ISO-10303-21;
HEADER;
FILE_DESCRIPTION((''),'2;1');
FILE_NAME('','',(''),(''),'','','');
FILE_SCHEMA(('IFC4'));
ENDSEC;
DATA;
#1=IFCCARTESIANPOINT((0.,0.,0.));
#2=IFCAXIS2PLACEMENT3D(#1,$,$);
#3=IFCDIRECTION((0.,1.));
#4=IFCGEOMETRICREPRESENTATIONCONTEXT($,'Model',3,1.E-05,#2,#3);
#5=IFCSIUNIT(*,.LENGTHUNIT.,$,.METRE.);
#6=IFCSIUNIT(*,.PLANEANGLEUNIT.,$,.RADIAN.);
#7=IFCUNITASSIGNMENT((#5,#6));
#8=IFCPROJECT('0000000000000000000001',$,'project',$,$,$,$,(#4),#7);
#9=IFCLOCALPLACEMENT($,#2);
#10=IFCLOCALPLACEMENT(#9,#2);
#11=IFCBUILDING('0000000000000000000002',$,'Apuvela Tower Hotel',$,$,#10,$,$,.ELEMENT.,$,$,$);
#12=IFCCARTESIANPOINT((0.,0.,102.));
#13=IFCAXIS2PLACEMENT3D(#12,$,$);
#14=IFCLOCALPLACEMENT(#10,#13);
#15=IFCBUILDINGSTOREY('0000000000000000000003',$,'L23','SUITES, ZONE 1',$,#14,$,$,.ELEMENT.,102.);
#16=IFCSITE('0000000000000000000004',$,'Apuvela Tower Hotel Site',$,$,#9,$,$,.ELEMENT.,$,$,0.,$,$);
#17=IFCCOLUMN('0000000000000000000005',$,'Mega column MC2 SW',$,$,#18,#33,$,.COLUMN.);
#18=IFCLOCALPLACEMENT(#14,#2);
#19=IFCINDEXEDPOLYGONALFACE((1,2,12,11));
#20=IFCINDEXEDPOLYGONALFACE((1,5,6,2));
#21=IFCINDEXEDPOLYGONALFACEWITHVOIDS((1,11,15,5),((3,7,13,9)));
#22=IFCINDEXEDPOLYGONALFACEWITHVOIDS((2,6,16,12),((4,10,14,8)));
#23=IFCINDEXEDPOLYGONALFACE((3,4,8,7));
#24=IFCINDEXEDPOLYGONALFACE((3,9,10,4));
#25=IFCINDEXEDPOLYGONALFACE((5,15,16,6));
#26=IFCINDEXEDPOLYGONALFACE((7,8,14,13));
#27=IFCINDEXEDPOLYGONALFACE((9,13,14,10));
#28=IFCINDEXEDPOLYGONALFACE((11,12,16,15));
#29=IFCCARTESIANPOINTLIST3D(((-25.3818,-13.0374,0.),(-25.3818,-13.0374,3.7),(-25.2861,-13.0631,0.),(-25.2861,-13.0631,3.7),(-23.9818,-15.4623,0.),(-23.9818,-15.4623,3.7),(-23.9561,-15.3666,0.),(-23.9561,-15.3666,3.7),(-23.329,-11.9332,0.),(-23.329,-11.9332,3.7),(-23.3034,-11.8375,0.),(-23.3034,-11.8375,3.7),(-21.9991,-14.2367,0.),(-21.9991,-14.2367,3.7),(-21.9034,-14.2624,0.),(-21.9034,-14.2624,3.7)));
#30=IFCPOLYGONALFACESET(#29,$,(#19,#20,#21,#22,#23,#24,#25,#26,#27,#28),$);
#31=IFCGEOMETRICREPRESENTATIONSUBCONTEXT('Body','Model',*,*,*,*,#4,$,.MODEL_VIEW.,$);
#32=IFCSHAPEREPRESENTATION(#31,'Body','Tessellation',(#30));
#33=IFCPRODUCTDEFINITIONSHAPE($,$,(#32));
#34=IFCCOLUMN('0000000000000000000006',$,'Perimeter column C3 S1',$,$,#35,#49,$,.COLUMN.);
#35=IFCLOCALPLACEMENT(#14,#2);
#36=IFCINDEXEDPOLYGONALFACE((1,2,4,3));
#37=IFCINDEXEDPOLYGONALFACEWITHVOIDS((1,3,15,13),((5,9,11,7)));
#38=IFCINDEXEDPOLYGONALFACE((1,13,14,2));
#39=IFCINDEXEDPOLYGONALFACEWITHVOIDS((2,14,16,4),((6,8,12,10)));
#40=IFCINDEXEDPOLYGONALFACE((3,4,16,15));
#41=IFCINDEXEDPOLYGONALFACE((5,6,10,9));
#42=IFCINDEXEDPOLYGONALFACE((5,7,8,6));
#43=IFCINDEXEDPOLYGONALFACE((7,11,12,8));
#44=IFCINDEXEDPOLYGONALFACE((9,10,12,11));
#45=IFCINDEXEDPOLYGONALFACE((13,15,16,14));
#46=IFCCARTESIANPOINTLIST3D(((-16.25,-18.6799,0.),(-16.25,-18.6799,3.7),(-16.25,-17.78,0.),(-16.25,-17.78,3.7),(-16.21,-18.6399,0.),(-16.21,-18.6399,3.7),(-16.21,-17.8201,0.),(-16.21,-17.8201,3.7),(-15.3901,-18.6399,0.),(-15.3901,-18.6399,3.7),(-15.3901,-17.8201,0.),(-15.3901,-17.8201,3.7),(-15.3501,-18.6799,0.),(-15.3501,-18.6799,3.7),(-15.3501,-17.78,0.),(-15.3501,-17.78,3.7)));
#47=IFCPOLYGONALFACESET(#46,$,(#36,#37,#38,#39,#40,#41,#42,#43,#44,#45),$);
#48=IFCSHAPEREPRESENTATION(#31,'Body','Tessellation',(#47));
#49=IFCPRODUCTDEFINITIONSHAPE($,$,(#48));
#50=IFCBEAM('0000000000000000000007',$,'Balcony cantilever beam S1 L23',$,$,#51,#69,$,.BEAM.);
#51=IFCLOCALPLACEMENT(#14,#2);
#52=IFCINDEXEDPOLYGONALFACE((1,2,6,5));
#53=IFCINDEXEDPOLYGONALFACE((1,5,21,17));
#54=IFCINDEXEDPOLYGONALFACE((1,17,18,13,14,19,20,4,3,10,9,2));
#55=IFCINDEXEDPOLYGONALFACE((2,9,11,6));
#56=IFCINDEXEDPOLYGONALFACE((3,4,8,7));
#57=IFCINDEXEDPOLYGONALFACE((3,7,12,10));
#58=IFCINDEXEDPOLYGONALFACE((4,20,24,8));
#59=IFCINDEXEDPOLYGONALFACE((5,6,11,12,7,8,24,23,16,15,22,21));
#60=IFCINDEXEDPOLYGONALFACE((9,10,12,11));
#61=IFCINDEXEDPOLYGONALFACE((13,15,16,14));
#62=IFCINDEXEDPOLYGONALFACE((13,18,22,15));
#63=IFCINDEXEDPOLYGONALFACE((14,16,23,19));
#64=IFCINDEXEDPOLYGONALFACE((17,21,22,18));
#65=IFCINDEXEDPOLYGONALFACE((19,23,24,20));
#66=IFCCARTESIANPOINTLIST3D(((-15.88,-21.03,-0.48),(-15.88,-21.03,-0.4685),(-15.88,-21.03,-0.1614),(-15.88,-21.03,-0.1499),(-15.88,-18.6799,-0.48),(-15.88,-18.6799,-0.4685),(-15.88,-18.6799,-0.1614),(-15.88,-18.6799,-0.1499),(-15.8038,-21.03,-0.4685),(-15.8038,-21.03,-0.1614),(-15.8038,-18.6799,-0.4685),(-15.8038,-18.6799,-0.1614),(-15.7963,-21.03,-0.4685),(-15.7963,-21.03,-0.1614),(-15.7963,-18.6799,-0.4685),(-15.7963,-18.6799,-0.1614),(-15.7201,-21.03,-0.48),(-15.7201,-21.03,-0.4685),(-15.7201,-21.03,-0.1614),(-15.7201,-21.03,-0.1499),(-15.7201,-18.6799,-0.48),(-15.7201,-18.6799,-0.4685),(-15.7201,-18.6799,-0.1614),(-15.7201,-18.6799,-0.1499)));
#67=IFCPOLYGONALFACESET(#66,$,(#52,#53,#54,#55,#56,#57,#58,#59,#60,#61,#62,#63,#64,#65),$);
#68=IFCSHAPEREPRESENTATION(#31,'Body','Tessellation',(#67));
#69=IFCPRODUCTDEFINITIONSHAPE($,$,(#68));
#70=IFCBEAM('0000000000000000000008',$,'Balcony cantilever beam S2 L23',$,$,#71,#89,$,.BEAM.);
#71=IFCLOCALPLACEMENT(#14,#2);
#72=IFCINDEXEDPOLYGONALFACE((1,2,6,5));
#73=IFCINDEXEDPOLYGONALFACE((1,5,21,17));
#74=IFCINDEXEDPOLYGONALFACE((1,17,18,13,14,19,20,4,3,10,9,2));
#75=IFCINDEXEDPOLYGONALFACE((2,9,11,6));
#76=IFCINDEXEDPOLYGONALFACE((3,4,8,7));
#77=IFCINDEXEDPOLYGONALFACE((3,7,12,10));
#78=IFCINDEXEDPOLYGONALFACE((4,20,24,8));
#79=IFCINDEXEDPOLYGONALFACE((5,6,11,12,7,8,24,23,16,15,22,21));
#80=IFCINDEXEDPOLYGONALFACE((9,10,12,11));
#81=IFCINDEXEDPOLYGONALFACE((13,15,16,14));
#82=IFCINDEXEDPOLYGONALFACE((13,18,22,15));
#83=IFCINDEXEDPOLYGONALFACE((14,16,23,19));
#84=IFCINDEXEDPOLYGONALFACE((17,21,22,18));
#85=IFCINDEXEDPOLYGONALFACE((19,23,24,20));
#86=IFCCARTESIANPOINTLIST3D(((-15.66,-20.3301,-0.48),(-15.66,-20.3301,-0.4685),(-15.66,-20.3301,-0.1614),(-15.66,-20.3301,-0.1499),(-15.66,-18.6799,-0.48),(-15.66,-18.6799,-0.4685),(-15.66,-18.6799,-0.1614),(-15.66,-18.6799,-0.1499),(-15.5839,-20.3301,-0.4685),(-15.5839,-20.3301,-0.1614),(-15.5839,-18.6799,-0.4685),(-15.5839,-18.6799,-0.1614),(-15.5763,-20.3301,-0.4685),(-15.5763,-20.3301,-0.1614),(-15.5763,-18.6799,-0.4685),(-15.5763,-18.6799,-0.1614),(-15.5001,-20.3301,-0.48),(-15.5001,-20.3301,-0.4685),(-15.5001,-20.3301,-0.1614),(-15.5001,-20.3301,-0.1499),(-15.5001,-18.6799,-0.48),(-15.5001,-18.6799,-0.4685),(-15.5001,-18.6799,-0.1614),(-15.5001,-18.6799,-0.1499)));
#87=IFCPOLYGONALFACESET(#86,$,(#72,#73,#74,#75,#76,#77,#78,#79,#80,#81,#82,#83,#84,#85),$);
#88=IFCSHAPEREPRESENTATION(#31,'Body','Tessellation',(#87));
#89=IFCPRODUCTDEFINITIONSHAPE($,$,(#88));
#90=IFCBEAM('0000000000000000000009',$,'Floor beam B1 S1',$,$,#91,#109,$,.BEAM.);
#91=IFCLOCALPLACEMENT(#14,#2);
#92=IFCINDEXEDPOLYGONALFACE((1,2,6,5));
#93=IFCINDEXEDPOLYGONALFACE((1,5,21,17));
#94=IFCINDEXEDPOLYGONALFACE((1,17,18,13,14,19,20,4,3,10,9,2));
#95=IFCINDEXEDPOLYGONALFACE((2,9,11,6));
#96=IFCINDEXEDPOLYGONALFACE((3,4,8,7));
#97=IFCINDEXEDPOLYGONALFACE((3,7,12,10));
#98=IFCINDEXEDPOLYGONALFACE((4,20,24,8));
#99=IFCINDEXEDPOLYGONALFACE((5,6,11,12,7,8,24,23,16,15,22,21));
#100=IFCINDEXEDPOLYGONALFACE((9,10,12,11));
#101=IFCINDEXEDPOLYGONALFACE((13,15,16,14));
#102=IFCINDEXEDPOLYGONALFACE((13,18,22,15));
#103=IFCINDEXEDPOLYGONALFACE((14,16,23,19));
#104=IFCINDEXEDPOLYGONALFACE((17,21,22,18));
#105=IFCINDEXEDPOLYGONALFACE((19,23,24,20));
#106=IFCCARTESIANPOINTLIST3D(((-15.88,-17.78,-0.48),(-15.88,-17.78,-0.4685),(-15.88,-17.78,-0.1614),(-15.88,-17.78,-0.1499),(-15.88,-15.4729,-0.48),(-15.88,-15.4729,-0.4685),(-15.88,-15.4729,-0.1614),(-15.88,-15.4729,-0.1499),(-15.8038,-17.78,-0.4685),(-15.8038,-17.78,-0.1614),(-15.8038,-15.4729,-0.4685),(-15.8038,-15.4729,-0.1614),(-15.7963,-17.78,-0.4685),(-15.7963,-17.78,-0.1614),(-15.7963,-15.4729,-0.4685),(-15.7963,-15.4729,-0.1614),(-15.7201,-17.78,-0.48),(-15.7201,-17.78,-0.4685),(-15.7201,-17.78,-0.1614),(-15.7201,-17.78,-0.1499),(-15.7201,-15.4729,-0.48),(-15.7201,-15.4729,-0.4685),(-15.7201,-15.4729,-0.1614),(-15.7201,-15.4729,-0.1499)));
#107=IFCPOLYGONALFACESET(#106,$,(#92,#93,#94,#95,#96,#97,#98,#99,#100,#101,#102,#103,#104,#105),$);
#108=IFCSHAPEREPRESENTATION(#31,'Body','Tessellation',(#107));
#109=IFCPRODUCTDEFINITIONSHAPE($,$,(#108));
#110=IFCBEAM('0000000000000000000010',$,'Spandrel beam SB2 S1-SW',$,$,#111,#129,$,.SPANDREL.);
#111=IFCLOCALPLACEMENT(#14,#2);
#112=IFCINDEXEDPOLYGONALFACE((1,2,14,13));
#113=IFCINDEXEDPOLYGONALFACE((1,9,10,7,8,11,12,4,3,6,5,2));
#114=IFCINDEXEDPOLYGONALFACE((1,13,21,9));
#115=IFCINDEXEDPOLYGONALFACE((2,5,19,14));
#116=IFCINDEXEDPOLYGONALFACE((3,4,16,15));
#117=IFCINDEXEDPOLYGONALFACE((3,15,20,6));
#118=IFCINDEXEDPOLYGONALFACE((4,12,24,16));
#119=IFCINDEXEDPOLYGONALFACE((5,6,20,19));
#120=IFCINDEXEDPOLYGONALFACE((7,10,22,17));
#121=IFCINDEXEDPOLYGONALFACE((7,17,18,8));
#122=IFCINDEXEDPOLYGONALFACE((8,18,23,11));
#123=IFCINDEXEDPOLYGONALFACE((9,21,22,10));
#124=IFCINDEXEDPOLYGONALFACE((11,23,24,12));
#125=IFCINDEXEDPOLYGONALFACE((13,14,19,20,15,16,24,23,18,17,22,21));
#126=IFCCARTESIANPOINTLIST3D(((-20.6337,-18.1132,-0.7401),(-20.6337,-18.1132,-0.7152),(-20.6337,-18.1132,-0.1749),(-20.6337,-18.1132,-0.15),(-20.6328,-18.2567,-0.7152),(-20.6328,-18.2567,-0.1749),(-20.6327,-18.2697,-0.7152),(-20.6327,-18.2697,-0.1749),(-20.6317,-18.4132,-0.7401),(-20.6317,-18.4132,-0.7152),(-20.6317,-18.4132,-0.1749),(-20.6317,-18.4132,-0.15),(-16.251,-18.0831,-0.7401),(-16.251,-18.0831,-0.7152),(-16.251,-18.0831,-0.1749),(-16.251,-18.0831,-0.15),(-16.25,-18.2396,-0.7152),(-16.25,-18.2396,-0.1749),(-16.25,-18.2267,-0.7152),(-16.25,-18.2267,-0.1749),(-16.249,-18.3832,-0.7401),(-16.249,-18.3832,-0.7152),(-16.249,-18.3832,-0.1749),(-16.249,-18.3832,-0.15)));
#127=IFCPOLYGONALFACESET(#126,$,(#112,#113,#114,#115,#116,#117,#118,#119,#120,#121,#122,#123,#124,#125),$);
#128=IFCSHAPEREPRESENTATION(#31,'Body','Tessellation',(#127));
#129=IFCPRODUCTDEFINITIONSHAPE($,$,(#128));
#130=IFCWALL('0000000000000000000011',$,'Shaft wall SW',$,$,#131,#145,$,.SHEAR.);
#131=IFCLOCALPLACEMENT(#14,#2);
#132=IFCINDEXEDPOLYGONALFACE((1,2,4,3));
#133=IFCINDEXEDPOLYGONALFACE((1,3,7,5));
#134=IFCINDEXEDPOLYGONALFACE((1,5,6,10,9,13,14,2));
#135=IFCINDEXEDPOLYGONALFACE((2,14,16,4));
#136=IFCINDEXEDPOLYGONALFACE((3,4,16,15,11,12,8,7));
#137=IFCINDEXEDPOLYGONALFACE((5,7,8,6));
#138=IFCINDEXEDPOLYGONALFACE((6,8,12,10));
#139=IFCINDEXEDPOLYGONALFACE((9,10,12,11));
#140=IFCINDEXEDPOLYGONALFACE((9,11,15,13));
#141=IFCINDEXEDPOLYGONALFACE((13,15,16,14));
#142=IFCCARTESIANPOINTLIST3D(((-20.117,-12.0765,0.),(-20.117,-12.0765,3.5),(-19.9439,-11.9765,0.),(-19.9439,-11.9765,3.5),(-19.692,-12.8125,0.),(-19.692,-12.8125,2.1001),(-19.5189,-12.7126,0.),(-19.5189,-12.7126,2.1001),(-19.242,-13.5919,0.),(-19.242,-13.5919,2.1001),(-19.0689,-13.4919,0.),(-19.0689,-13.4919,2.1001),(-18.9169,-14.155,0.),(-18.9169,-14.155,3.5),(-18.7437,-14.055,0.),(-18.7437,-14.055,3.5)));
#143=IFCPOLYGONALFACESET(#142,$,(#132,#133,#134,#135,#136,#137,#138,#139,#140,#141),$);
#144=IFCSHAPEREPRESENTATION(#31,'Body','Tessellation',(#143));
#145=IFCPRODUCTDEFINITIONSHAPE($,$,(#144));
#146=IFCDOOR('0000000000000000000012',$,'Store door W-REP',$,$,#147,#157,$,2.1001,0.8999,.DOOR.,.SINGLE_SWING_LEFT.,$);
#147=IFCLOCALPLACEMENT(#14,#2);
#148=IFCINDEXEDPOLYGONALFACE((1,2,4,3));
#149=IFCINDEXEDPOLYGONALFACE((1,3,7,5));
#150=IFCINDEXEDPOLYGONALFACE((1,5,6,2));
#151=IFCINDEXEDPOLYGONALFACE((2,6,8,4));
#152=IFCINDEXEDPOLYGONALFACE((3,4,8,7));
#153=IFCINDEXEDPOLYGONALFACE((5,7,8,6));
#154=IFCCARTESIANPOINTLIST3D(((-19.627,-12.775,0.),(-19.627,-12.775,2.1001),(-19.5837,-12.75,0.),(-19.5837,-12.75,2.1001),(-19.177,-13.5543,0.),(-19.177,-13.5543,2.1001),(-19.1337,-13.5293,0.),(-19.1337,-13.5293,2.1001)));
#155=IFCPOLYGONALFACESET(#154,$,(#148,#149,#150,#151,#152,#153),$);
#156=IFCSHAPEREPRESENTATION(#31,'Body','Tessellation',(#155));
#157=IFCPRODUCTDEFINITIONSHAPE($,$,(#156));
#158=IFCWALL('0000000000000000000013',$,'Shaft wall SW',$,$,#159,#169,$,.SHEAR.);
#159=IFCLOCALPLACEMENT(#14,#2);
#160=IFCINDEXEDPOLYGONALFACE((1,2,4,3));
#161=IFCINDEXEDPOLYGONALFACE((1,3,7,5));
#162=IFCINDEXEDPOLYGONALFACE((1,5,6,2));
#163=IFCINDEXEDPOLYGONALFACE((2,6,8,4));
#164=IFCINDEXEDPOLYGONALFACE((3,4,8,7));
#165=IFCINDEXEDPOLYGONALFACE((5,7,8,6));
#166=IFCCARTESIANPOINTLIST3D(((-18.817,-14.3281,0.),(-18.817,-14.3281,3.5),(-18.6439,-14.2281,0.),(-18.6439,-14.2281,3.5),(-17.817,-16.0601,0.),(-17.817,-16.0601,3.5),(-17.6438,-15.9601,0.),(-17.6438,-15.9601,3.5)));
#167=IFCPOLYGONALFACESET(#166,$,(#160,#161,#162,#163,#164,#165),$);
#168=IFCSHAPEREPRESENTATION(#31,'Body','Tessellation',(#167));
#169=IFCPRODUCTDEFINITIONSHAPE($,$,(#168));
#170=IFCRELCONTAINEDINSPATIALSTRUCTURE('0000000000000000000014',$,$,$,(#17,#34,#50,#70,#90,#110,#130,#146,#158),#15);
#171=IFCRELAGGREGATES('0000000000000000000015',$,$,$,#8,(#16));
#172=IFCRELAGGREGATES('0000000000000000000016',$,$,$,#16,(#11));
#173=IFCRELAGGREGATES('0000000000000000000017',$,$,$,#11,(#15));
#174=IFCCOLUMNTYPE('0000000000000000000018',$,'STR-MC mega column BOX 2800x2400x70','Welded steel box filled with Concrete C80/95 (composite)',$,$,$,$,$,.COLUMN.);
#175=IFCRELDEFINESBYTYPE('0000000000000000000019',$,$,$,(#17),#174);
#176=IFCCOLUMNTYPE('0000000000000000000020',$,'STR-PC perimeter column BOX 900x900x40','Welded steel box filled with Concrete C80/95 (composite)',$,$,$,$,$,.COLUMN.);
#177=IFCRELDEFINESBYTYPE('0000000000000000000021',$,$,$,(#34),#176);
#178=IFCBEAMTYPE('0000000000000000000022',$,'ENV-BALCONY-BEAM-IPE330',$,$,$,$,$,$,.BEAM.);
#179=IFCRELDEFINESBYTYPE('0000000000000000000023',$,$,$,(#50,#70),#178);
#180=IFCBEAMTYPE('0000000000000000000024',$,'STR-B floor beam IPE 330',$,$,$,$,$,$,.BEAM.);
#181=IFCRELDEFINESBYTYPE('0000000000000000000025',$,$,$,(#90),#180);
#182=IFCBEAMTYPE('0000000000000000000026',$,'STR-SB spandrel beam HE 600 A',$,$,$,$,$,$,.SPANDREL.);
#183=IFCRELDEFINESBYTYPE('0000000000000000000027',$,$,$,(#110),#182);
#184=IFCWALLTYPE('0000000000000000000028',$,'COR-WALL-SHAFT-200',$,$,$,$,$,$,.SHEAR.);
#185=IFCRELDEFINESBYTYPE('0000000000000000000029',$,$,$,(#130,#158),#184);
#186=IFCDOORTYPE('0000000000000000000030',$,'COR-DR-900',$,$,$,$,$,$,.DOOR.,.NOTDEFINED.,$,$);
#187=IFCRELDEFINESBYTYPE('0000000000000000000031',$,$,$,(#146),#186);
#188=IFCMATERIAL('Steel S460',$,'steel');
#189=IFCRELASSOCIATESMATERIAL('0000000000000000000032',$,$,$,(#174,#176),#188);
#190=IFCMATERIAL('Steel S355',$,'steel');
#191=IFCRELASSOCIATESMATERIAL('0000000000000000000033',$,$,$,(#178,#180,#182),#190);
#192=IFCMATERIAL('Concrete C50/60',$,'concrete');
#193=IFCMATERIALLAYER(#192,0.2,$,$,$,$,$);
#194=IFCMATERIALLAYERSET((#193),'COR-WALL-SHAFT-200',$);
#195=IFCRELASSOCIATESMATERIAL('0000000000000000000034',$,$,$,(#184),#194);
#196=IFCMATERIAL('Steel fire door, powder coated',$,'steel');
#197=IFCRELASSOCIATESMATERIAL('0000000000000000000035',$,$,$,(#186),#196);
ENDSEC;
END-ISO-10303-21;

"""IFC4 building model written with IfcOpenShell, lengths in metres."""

from ifc_helpers import new_model, si_unit, direction, frame, frame_2d, origin, origin_2d, place, context, subcontext, project, spatial, rectangle, hollow_rectangle, i_section, extrude, material, layer, layer_set, material_profile, profile_set, type_object, element, fill, save


model = new_model("IFC4")

# Units and contexts
model_context = context("Model", 3, precision=1e-05, world=origin(), true_north=direction((0.0, 1.0)))
body_context = subcontext(model_context, "Body", "Model", "MODEL_VIEW")
ifc_project = project(units=[si_unit("LENGTHUNIT", "METRE"), si_unit("PLANEANGLEUNIT", "RADIAN")], contexts=[model_context])

# Site, building, storey
site_placement = place(None, origin())
site = spatial("IfcSite", under=ifc_project, at=site_placement, Name="Apuvela Tower Hotel Site", CompositionType="ELEMENT", RefElevation=0.0)
building_placement = place(site_placement, origin())
building = spatial("IfcBuilding", under=site, at=building_placement, Name="Apuvela Tower Hotel", CompositionType="ELEMENT")
storey_placement = place(building_placement, frame((0.0, 0.0, 102.0)))
storey = spatial("IfcBuildingStorey", under=building, at=storey_placement, Name="L23", Description="SUITES, ZONE 1", CompositionType="ELEMENT", Elevation=102.0)

# Columns
ifc_material_1 = material(Name="Steel S460", Category="steel")
ifc_material_profile_1 = material_profile(ifc_material_1, hollow_rectangle(XDim=2.8, YDim=2.3999, WallThickness=0.0701, at=origin_2d()), Name="BOX 2800x2400x70")
ifc_material_2 = material(Name="Concrete C80/95", Category="concrete")
ifc_material_profile_2 = material_profile(ifc_material_2, rectangle(XDim=2.6599, YDim=2.26, at=origin_2d()), Name="Concrete C80/95 infill")
ifc_profile_set_1 = profile_set([ifc_material_profile_1, ifc_material_profile_2], Name="Steel S460")
column_type_1 = type_object("IfcColumnType", Name="STR-MC mega column BOX 2800x2400x70", Description="Welded steel box filled with Concrete C80/95 (composite)", PredefinedType="COLUMN", material=ifc_profile_set_1)
column_1_placement = place(storey_placement, frame((-23.6426, -13.6499, 0.0), z_axis=(0.0, 0.0, 1.0), x_axis=(-0.5, 0.866025, 0.0)))
element("IfcColumn", 1, at=column_1_placement, inside=storey, type_object=column_type_1, Name="Mega column MC2 SW", PredefinedType="COLUMN", context=body_context, shape_type="SweptSolid", body=[
    extrude(hollow_rectangle(XDim=2.8, YDim=2.3999, WallThickness=0.0701, at=origin_2d()), origin(), (0.0, 0.0, 1.0), 3.7),
])
ifc_material_profile_3 = material_profile(ifc_material_1, hollow_rectangle(XDim=0.8999, YDim=0.8999, WallThickness=0.04, at=origin_2d()), Name="BOX 900x900x40")
ifc_material_profile_4 = material_profile(ifc_material_2, rectangle(XDim=0.8201, YDim=0.8201, at=origin_2d()), Name="Concrete C80/95 infill")
ifc_profile_set_2 = profile_set([ifc_material_profile_3, ifc_material_profile_4], Name="Steel S460")
column_type_2 = type_object("IfcColumnType", Name="STR-PC perimeter column BOX 900x900x40", Description="Welded steel box filled with Concrete C80/95 (composite)", PredefinedType="COLUMN", material=ifc_profile_set_2)
column_2_placement = place(storey_placement, frame((-15.8, -18.23, 0.0), z_axis=(0.0, 0.0, 1.0), x_axis=(-1.0, 0.0, 0.0)))
element("IfcColumn", 2, at=column_2_placement, inside=storey, type_object=column_type_2, Name="Perimeter column C3 S1", PredefinedType="COLUMN", context=body_context, shape_type="SweptSolid", body=[
    extrude(hollow_rectangle(XDim=0.8999, YDim=0.8999, WallThickness=0.04, at=origin_2d()), origin(), (0.0, 0.0, 1.0), 3.7),
])

# Beams
ifc_material_3 = material(Name="Steel S355", Category="steel")
ifc_material_profile_5 = material_profile(ifc_material_3, i_section(OverallWidth=0.1599, OverallDepth=0.3301, WebThickness=0.0076, FlangeThickness=0.0115, at=origin_2d()), Name="IPE 330")
ifc_profile_set_3 = profile_set([ifc_material_profile_5], Name="Steel S355")
beam_type_1 = type_object("IfcBeamType", Name="ENV-BALCONY-BEAM-IPE330", PredefinedType="BEAM", material=ifc_profile_set_3)
beam_1_placement = place(storey_placement, frame((-15.8, -18.6799, -0.3149), z_axis=(0.0, -1.0, 0.0), x_axis=(1.0, 0.0, 0.0)))
element("IfcBeam", 3, at=beam_1_placement, inside=storey, type_object=beam_type_1, Name="Balcony cantilever beam S1 L23", PredefinedType="BEAM", context=body_context, shape_type="SweptSolid", body=[
    extrude(i_section(OverallWidth=0.1599, OverallDepth=0.3301, WebThickness=0.0076, FlangeThickness=0.0115, at=origin_2d()), origin(), (0.0, 0.0, 1.0), 2.3501),
])
beam_2_placement = place(storey_placement, frame((-15.5801, -18.6799, -0.3149), z_axis=(0.0, -1.0, 0.0), x_axis=(1.0, 0.0, 0.0)))
element("IfcBeam", 4, at=beam_2_placement, inside=storey, type_object=beam_type_1, Name="Balcony cantilever beam S2 L23", PredefinedType="BEAM", context=body_context, shape_type="SweptSolid", body=[
    extrude(i_section(OverallWidth=0.1599, OverallDepth=0.3301, WebThickness=0.0076, FlangeThickness=0.0115, at=origin_2d()), origin(), (0.0, 0.0, 1.0), 1.6501),
])
ifc_material_profile_6 = material_profile(ifc_material_3, i_section(OverallWidth=0.1599, OverallDepth=0.3301, WebThickness=0.0076, FlangeThickness=0.0115, at=origin_2d()), Name="IPE 330")
ifc_profile_set_4 = profile_set([ifc_material_profile_6], Name="Steel S355")
beam_type_2 = type_object("IfcBeamType", Name="STR-B floor beam IPE 330", PredefinedType="BEAM", material=ifc_profile_set_4)
beam_3_placement = place(storey_placement, frame((-15.8, -17.78, -0.3149), z_axis=(0.0, 1.0, 0.0), x_axis=(-1.0, 0.0, 0.0)))
element("IfcBeam", 5, at=beam_3_placement, inside=storey, type_object=beam_type_2, Name="Floor beam B1 S1", PredefinedType="BEAM", context=body_context, shape_type="SweptSolid", body=[
    extrude(i_section(OverallWidth=0.1599, OverallDepth=0.3301, WebThickness=0.0076, FlangeThickness=0.0115, at=origin_2d()), origin(), (0.0, 0.0, 1.0), 2.3071),
])
ifc_material_profile_7 = material_profile(ifc_material_3, i_section(OverallWidth=0.3, OverallDepth=0.5901, WebThickness=0.0129, FlangeThickness=0.0249, at=origin_2d()), Name="HE 600 A")
ifc_profile_set_5 = profile_set([ifc_material_profile_7], Name="Steel S355")
beam_type_3 = type_object("IfcBeamType", Name="STR-SB spandrel beam HE 600 A", PredefinedType="SPANDREL", material=ifc_profile_set_5)
beam_4_placement = place(storey_placement, frame((-16.25, -18.2332, -0.4451), z_axis=(-0.999977, -0.006851, 0.0), x_axis=(0.006851, -0.999977, 0.0)))
element("IfcBeam", 6, at=beam_4_placement, inside=storey, type_object=beam_type_3, Name="Spandrel beam SB2 S1-SW", PredefinedType="SPANDREL", context=body_context, shape_type="SweptSolid", body=[
    extrude(i_section(OverallWidth=0.3, OverallDepth=0.5901, WebThickness=0.0129, FlangeThickness=0.0249, at=origin_2d()), origin(), (0.0, 0.0, 1.0), 4.3828),
])

# Wall, opening, door
ifc_material_4 = material(Name="Concrete C50/60", Category="concrete")
ifc_layer_1 = layer(ifc_material_4, 0.2)
ifc_layer_set_1 = layer_set([ifc_layer_1], Name="COR-WALL-SHAFT-200")
wall_type_1 = type_object("IfcWallType", Name="COR-WALL-SHAFT-200", PredefinedType="SHEAR", material=ifc_layer_set_1)
wall_1_placement = place(storey_placement, frame((-20.0305, -12.0264, 0.0), z_axis=(0.0, 0.0, 1.0), x_axis=(0.500034, -0.866006, 0.0)))
wall_1 = element("IfcWall", 7, at=wall_1_placement, inside=storey, type_object=wall_type_1, Name="Shaft wall SW", PredefinedType="SHEAR", context=body_context, shape_type="SweptSolid", body=[
    extrude(rectangle(XDim=2.4001, YDim=0.2, at=frame_2d((1.2002, 0.0))), origin(), (0.0, 0.0, 1.0), 3.5),
])
opening_1_placement = place(wall_1_placement, frame((0.8501, 0.0, 0.0)))
opening_1 = element("IfcOpeningElement", 8, at=opening_1_placement, cuts=wall_1, PredefinedType="OPENING", context=body_context, shape_type="SweptSolid", body=[
    extrude(rectangle(XDim=0.8999, YDim=2.1001, at=frame_2d((0.45, 1.05))), frame((0.0, 0.1099, 0.0), z_axis=(0.0, -1.0, 0.0), x_axis=(1.0, 0.0, 0.0)), (0.0, 0.0, 1.0), 0.22),
])
ifc_material_5 = material(Name="Steel fire door, powder coated", Category="steel")
door_type_1 = type_object("IfcDoorType", Name="COR-DR-900", OperationType="NOTDEFINED", PredefinedType="DOOR", material=ifc_material_5)
door_1_placement = place(opening_1_placement, frame((0.8999, 0.0, 0.0), z_axis=(0.0, 0.0, 1.0), x_axis=(-1.0, 0.0, 0.0)))
door_1 = element("IfcDoor", 9, at=door_1_placement, inside=storey, type_object=door_type_1, Name="Store door W-REP", OperationType="SINGLE_SWING_LEFT", OverallHeight=2.1001, OverallWidth=0.8999, PredefinedType="DOOR", context=body_context, shape_type="SweptSolid", body=[
    extrude(rectangle(XDim=0.8999, YDim=2.1001, at=frame_2d((0.45, 1.05))), frame((0.0, 0.0249, 0.0), z_axis=(0.0, -1.0, 0.0), x_axis=(1.0, 0.0, 0.0)), (0.0, 0.0, 1.0), 0.05),
])
fill(opening_1, door_1)

# Wall
wall_2_placement = place(storey_placement, frame((-18.7305, -14.2781, 0.0), z_axis=(0.0, 0.0, 1.0), x_axis=(0.500025, -0.866011, 0.0)))
element("IfcWall", 10, at=wall_2_placement, inside=storey, type_object=wall_type_1, Name="Shaft wall SW", PredefinedType="SHEAR", context=body_context, shape_type="SweptSolid", body=[
    extrude(rectangle(XDim=2.0, YDim=0.2, at=frame_2d((1.0, 0.0))), origin(), (0.0, 0.0, 1.0), 3.5),
])

save(model, "model.ifc")
